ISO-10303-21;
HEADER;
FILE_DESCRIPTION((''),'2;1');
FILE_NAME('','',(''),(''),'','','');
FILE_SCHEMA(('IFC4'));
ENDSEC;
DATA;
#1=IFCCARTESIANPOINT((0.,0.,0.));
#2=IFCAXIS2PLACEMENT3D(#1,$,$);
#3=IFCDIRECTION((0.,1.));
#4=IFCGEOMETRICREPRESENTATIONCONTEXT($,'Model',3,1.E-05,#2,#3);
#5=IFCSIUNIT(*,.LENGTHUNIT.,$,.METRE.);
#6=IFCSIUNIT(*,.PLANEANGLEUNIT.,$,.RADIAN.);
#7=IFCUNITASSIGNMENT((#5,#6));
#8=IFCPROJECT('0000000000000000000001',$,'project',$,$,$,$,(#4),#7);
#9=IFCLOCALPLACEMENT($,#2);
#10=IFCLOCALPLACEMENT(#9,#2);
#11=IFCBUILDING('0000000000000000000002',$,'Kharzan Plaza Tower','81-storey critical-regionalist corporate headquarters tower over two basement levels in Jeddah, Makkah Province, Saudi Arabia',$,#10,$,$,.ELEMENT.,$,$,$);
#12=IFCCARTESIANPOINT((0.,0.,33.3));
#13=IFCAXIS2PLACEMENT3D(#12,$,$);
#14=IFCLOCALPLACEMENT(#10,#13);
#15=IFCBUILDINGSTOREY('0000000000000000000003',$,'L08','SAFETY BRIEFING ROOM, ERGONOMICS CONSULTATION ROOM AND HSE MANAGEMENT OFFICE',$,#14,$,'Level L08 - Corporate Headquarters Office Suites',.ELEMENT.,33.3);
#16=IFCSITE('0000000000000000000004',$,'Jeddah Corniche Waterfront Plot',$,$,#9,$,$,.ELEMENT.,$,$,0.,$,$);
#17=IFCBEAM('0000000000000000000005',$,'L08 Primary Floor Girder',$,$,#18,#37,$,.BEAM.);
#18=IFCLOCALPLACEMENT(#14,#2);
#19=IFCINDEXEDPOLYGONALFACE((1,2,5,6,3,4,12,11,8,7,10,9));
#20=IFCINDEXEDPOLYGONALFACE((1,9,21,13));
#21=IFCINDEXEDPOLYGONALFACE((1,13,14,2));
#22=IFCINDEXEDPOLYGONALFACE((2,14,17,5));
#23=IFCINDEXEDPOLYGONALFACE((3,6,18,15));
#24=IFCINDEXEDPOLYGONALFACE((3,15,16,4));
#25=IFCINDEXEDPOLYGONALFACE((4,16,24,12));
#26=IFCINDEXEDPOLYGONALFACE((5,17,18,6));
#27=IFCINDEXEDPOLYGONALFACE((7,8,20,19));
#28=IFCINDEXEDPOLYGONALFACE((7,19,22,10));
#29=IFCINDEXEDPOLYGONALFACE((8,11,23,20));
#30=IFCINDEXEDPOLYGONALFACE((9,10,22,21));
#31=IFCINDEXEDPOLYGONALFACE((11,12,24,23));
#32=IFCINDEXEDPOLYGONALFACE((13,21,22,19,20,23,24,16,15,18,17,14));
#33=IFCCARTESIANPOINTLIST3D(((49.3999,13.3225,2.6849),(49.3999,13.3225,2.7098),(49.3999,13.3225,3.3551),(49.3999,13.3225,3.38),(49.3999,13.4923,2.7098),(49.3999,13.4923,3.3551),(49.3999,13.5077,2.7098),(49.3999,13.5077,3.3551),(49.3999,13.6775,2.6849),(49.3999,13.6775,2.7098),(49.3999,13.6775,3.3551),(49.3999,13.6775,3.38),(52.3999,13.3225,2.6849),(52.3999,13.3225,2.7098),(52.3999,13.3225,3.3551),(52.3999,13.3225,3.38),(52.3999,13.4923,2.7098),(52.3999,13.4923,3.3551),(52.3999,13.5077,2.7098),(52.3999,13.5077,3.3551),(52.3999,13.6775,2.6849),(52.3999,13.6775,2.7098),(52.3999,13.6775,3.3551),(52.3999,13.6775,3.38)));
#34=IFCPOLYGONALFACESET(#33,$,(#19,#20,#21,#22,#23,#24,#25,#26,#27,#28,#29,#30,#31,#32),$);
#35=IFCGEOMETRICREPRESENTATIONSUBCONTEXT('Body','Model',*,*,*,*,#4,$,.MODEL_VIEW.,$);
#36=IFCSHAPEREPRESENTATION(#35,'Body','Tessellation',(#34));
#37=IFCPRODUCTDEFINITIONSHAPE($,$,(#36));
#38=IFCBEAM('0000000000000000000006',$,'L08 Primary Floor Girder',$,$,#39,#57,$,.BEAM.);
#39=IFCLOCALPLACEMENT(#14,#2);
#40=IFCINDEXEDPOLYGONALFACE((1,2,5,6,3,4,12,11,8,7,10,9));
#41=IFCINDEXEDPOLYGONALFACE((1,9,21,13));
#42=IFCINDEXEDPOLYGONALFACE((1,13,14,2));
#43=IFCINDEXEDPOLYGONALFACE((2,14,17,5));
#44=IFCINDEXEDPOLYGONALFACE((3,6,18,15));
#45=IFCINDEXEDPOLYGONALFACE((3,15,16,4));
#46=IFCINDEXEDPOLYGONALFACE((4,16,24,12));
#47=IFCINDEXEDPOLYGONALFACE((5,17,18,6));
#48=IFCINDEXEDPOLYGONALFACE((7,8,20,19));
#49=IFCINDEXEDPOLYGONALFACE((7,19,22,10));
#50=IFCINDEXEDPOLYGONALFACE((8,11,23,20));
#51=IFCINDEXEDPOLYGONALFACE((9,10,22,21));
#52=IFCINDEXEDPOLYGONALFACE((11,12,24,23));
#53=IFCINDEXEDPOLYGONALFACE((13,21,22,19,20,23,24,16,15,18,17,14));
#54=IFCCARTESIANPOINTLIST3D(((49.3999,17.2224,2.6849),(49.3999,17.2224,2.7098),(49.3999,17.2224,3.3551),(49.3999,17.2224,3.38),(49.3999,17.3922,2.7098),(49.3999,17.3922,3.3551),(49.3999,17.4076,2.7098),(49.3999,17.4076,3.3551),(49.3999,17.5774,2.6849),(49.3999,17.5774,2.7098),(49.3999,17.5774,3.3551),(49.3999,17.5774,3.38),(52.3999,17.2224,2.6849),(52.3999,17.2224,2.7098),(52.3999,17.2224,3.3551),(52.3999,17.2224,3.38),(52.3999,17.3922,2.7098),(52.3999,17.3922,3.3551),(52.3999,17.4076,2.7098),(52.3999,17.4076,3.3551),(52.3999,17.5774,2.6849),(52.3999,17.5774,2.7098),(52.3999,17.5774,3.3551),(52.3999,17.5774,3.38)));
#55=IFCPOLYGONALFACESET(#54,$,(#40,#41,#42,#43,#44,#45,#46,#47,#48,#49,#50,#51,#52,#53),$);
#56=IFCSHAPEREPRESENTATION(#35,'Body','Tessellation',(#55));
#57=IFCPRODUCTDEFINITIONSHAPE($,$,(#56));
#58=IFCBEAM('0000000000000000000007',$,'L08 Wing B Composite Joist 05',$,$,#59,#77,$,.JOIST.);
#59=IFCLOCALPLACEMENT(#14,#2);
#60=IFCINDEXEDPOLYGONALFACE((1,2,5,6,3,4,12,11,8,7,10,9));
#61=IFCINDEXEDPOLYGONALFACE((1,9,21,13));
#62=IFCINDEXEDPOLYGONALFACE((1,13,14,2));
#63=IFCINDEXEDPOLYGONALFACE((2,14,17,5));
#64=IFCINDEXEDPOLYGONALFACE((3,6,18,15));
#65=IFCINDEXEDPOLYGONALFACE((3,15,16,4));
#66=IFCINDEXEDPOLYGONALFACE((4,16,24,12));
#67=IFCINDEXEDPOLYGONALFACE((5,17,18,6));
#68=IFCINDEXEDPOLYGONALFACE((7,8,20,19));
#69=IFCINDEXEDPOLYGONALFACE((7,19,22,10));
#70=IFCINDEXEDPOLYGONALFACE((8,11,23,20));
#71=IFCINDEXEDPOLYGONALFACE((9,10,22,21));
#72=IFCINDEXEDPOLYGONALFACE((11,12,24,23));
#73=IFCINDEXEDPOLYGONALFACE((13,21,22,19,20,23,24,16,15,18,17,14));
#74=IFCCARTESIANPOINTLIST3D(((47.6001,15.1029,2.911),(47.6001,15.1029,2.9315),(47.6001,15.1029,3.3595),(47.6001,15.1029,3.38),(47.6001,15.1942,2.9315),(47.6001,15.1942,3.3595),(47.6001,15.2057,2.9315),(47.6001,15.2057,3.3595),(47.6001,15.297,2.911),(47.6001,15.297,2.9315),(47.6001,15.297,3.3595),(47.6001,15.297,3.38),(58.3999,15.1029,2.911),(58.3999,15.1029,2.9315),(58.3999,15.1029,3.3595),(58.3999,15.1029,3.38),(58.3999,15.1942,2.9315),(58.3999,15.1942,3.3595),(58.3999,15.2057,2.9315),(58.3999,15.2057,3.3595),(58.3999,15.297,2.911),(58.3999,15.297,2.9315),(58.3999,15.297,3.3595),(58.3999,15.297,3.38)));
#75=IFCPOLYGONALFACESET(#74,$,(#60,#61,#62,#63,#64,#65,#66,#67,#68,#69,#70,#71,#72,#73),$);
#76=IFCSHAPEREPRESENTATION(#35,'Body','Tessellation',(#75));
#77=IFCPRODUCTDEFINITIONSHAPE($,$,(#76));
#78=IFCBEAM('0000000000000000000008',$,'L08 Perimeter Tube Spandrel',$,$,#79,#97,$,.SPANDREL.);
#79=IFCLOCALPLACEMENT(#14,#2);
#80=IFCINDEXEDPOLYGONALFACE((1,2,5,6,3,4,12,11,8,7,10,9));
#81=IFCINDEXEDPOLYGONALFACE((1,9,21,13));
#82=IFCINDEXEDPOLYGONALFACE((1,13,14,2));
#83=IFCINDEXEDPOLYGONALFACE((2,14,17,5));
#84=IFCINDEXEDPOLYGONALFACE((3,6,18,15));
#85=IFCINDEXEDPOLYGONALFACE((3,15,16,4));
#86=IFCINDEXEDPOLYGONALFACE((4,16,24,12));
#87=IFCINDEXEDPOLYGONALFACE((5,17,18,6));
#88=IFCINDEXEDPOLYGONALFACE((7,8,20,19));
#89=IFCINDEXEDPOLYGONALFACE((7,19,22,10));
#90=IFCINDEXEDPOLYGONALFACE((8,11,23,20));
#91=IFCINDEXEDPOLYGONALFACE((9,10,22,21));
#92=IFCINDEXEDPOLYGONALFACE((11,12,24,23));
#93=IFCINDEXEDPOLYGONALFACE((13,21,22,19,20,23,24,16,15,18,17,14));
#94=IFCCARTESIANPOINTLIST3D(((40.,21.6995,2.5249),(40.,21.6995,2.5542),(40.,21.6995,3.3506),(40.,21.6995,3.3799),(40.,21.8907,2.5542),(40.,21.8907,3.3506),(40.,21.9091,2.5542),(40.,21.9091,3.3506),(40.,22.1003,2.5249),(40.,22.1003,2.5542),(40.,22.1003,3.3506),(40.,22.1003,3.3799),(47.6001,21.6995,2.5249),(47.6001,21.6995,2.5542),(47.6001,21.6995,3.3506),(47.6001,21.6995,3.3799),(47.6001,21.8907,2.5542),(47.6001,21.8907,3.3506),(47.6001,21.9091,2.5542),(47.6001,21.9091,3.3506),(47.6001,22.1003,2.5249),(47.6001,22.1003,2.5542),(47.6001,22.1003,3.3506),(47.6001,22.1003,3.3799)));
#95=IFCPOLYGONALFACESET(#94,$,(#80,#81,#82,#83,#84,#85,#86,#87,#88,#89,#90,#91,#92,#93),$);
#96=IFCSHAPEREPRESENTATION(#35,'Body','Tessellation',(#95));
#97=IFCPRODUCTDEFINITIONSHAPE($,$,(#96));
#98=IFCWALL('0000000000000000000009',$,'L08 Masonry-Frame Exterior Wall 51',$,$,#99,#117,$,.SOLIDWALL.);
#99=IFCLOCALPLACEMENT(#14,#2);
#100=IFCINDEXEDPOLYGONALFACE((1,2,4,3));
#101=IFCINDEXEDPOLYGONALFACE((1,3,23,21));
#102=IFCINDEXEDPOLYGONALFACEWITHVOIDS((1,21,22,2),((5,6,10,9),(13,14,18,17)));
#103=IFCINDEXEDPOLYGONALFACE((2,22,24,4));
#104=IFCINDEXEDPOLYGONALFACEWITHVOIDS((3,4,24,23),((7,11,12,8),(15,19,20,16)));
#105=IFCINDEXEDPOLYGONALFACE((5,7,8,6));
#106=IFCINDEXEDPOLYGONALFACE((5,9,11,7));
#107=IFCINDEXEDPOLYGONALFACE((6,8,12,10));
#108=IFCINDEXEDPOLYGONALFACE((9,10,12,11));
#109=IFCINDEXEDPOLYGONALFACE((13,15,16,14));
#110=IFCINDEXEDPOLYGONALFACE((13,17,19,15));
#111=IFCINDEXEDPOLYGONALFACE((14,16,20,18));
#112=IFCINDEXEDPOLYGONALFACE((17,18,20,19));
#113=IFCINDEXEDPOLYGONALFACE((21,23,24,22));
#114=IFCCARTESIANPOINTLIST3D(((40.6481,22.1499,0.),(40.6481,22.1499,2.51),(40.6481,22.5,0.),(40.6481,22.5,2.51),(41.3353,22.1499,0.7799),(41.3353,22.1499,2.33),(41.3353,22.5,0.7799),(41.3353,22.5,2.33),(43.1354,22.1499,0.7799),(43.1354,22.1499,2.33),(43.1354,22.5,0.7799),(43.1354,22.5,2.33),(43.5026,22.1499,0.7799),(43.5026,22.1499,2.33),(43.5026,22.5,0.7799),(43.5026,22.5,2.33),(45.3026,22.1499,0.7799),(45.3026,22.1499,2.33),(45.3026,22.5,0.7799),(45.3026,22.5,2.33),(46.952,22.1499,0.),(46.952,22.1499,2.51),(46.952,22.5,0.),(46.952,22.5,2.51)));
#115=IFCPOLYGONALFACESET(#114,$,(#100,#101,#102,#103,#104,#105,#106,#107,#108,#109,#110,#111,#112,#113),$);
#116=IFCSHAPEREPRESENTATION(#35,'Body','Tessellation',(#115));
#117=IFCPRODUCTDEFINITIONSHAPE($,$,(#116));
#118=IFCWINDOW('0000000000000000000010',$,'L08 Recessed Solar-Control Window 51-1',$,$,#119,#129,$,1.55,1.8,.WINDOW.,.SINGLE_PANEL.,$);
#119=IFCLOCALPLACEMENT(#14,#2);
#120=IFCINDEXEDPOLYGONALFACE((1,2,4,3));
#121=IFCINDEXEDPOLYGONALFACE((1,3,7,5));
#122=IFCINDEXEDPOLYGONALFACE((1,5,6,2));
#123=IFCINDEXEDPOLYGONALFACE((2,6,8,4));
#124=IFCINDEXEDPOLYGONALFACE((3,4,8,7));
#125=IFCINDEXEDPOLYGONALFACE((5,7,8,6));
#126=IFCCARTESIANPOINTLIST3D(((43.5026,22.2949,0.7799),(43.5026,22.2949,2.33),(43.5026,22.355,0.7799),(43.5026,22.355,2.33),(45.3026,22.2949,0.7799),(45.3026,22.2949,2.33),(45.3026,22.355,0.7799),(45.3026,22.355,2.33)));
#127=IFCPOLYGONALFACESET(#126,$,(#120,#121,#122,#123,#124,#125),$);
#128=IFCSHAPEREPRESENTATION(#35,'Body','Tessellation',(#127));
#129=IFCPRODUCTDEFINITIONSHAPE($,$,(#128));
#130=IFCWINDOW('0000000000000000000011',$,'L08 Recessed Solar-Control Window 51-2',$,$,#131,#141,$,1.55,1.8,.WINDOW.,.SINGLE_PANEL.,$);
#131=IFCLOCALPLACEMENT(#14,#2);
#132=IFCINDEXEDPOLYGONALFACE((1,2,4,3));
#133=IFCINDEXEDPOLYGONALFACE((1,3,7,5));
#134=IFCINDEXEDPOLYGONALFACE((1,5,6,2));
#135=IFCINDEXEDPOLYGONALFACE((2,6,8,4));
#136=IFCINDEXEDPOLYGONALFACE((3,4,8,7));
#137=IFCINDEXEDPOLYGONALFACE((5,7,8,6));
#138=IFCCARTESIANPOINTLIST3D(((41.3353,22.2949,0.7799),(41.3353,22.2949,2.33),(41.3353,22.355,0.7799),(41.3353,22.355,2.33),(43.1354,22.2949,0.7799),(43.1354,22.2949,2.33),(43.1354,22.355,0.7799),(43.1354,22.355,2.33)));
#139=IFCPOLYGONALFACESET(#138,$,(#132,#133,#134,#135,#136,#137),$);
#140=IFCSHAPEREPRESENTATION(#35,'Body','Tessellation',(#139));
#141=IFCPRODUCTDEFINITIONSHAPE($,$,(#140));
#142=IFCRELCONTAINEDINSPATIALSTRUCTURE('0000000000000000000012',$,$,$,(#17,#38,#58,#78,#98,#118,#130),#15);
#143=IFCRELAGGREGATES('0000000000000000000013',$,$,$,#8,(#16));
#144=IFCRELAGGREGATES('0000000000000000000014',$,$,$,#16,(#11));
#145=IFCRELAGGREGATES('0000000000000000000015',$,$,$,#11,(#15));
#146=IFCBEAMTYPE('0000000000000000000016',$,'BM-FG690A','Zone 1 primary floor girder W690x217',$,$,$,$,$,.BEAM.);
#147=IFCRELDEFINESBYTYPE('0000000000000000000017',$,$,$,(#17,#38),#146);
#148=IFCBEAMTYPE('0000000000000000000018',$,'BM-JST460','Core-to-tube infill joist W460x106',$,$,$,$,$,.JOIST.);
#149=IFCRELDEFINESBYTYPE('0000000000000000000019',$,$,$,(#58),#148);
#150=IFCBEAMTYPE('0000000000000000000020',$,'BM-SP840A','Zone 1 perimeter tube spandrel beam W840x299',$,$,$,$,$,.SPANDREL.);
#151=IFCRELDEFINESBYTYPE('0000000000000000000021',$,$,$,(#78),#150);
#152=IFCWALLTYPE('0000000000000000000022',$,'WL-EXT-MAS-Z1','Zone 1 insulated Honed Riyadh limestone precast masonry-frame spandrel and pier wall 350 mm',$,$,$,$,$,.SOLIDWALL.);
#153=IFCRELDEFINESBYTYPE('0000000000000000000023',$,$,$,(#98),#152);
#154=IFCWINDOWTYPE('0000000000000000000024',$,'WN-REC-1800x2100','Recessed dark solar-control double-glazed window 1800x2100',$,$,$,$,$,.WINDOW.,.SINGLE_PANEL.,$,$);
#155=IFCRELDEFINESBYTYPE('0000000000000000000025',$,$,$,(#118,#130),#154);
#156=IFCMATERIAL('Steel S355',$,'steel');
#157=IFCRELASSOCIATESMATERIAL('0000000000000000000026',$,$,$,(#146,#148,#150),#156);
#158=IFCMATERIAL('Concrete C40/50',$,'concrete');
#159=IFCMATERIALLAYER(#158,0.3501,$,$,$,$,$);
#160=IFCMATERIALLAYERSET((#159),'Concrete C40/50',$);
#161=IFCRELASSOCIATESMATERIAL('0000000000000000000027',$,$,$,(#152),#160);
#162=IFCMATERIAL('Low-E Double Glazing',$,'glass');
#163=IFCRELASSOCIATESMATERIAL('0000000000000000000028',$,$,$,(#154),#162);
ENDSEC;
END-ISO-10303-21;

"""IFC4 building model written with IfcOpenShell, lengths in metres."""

from ifc_helpers import new_model, si_unit, direction, frame, frame_2d, origin, origin_2d, place, context, subcontext, project, spatial, rectangle, i_section, extrude, source, transform, mapped, material, layer, layer_set, material_profile, profile_set, type_object, element, fill, save


model = new_model("IFC4")

# Units and contexts
model_context = context("Model", 3, precision=1e-05, world=origin(), true_north=direction((0.0, 1.0)))
body_context = subcontext(model_context, "Body", "Model", "MODEL_VIEW")
ifc_project = project(units=[si_unit("LENGTHUNIT", "METRE"), si_unit("PLANEANGLEUNIT", "RADIAN")], contexts=[model_context])

# Site, building, storey
site_placement = place(None, origin())
site = spatial("IfcSite", under=ifc_project, at=site_placement, Name="Jeddah Corniche Waterfront Plot", CompositionType="ELEMENT", RefElevation=0.0)
building_placement = place(site_placement, origin())
building = spatial("IfcBuilding", under=site, at=building_placement, Name="Kharzan Plaza Tower", Description="81-storey critical-regionalist corporate headquarters tower over two basement levels in Jeddah, Makkah Province, Saudi Arabia", CompositionType="ELEMENT")
storey_placement = place(building_placement, frame((0.0, 0.0, 33.3)))
storey = spatial("IfcBuildingStorey", under=building, at=storey_placement, Name="L08", Description="SAFETY BRIEFING ROOM, ERGONOMICS CONSULTATION ROOM AND HSE MANAGEMENT OFFICE", LongName="Level L08 - Corporate Headquarters Office Suites", CompositionType="ELEMENT", Elevation=33.3)

# Beams
ifc_material_1 = material(Name="Steel S355", Category="steel")
ifc_material_profile_1 = material_profile(ifc_material_1, i_section(OverallWidth=0.355, OverallDepth=0.6951, WebThickness=0.0154, FlangeThickness=0.0249, at=origin_2d()), Name="W690x217")
ifc_profile_set_1 = profile_set([ifc_material_profile_1], Name="Steel S355")
beam_type_1 = type_object("IfcBeamType", Name="BM-FG690A", Description="Zone 1 primary floor girder W690x217", PredefinedType="BEAM", material=ifc_profile_set_1)
shared_shape_1 = source(origin(), body_context, "Body", "SweptSolid", [
    extrude(i_section(OverallWidth=0.355, OverallDepth=0.6951, WebThickness=0.0154, FlangeThickness=0.0249, at=origin_2d()), origin(), (0.0, 0.0, 1.0), 3.0),
])
for number, where, z_axis, x_axis, name in (
    (1, (49.3999, 13.5, 3.0325), (1.0, 0.0, 0.0), (0.0, 1.0, 0.0), "L08 Primary Floor Girder"),
    (2, (49.3999, 17.3999, 3.0325), (1.0, 0.0, 0.0), (0.0, 1.0, 0.0), "L08 Primary Floor Girder"),
):
    element("IfcBeam", number, at=place(storey_placement, frame(where, z_axis=z_axis, x_axis=x_axis)), inside=storey, type_object=beam_type_1, Name=name, PredefinedType="BEAM", context=body_context, shape_type="MappedRepresentation", body=[
        mapped(shared_shape_1, transform((0.0, 0.0, 0.0), x_axis=(1.0, 0.0, 0.0), y_axis=(0.0, 1.0, 0.0), z_axis=(0.0, 0.0, 1.0))),
    ])
ifc_material_profile_2 = material_profile(ifc_material_1, i_section(OverallWidth=0.1941, OverallDepth=0.469, WebThickness=0.0115, FlangeThickness=0.0205, at=origin_2d()), Name="W460x106")
ifc_profile_set_2 = profile_set([ifc_material_profile_2], Name="Steel S355")
beam_type_2 = type_object("IfcBeamType", Name="BM-JST460", Description="Core-to-tube infill joist W460x106", PredefinedType="JOIST", material=ifc_profile_set_2)
shared_shape_2 = source(origin(), body_context, "Body", "SweptSolid", [
    extrude(i_section(OverallWidth=0.1941, OverallDepth=0.469, WebThickness=0.0115, FlangeThickness=0.0205, at=origin_2d()), origin(), (0.0, 0.0, 1.0), 10.7998),
])
beam_1_placement = place(storey_placement, frame((47.6001, 15.2, 3.1455), z_axis=(1.0, 0.0, 0.0), x_axis=(0.0, 1.0, 0.0)))
element("IfcBeam", 3, at=beam_1_placement, inside=storey, type_object=beam_type_2, Name="L08 Wing B Composite Joist 05", PredefinedType="JOIST", context=body_context, shape_type="MappedRepresentation", body=[
    mapped(shared_shape_2, transform((0.0, 0.0, 0.0), x_axis=(1.0, 0.0, 0.0), y_axis=(0.0, 1.0, 0.0), z_axis=(0.0, 0.0, 1.0))),
])
ifc_material_profile_3 = material_profile(ifc_material_1, i_section(OverallWidth=0.4009, OverallDepth=0.855, WebThickness=0.0183, FlangeThickness=0.0293, at=origin_2d()), Name="W840x299")
ifc_profile_set_3 = profile_set([ifc_material_profile_3], Name="Steel S355")
beam_type_3 = type_object("IfcBeamType", Name="BM-SP840A", Description="Zone 1 perimeter tube spandrel beam W840x299", PredefinedType="SPANDREL", material=ifc_profile_set_3)
shared_shape_3 = source(origin(), body_context, "Body", "SweptSolid", [
    extrude(i_section(OverallWidth=0.4009, OverallDepth=0.855, WebThickness=0.0183, FlangeThickness=0.0293, at=origin_2d()), origin(), (0.0, 0.0, 1.0), 7.6001),
])
beam_2_placement = place(storey_placement, frame((40.0, 21.8999, 2.9524), z_axis=(1.0, 0.0, 0.0), x_axis=(0.0, 1.0, 0.0)))
element("IfcBeam", 4, at=beam_2_placement, inside=storey, type_object=beam_type_3, Name="L08 Perimeter Tube Spandrel", PredefinedType="SPANDREL", context=body_context, shape_type="MappedRepresentation", body=[
    mapped(shared_shape_3, transform((0.0, 0.0, 0.0), x_axis=(1.0, 0.0, 0.0), y_axis=(0.0, 1.0, 0.0), z_axis=(0.0, 0.0, 1.0))),
])

# Wall, openings, windows
ifc_material_2 = material(Name="Concrete C40/50", Category="concrete")
ifc_layer_1 = layer(ifc_material_2, 0.3501)
ifc_layer_set_1 = layer_set([ifc_layer_1], Name="Concrete C40/50")
wall_type_1 = type_object("IfcWallType", Name="WL-EXT-MAS-Z1", Description="Zone 1 insulated Honed Riyadh limestone precast masonry-frame spandrel and pier wall 350 mm", PredefinedType="SOLIDWALL", material=ifc_layer_set_1)
wall_1_placement = place(storey_placement, frame((46.9519, 22.325, 0.0), z_axis=(0.0, 0.0, 1.0), x_axis=(-1.0, 0.0, 0.0)))
wall_1 = element("IfcWall", 5, at=wall_1_placement, inside=storey, type_object=wall_type_1, Name="L08 Masonry-Frame Exterior Wall 51", PredefinedType="SOLIDWALL", context=body_context, shape_type="SweptSolid", body=[
    extrude(rectangle(XDim=6.304, YDim=0.3501, at=frame_2d((3.1519, 0.0))), origin(), (0.0, 0.0, 1.0), 2.51),
])
opening_1_placement = place(wall_1_placement, frame((1.6494, 0.0, 0.78)))
opening_1 = element("IfcOpeningElement", 6, at=opening_1_placement, cuts=wall_1, PredefinedType="OPENING", context=body_context, shape_type="SweptSolid", body=[
    extrude(rectangle(XDim=1.8, YDim=1.55, at=frame_2d((0.8999, 0.7749))), frame((0.0, 0.1851, 0.0), z_axis=(0.0, -1.0, 0.0), x_axis=(1.0, 0.0, 0.0)), (0.0, 0.0, 1.0), 0.3701),
])
opening_2_placement = place(wall_1_placement, frame((3.8167, 0.0, 0.78)))
opening_2 = element("IfcOpeningElement", 7, at=opening_2_placement, cuts=wall_1, PredefinedType="OPENING", context=body_context, shape_type="SweptSolid", body=[
    extrude(rectangle(XDim=1.8, YDim=1.55, at=frame_2d((0.8999, 0.7749))), frame((0.0, 0.1851, 0.0), z_axis=(0.0, -1.0, 0.0), x_axis=(1.0, 0.0, 0.0)), (0.0, 0.0, 1.0), 0.3701),
])
ifc_material_3 = material(Name="Low-E Double Glazing", Category="glass")
window_type = type_object("IfcWindowType", Name="WN-REC-1800x2100", Description="Recessed dark solar-control double-glazed window 1800x2100", PartitioningType="SINGLE_PANEL", PredefinedType="WINDOW", material=ifc_material_3)
shared_shape_4 = source(origin(), body_context, "Body", "SweptSolid", [
    extrude(rectangle(XDim=1.8, YDim=1.55, at=frame_2d((0.8999, 0.7749))), frame((0.0, 0.03, 0.0), z_axis=(0.0, -1.0, 0.0), x_axis=(1.0, 0.0, 0.0)), (0.0, 0.0, 1.0), 0.0601),
])
window_1_placement = place(opening_1_placement, origin())
window_1 = element("IfcWindow", 8, at=window_1_placement, inside=storey, type_object=window_type, Name="L08 Recessed Solar-Control Window 51-1", OverallHeight=1.55, OverallWidth=1.8, PartitioningType="SINGLE_PANEL", PredefinedType="WINDOW", context=body_context, shape_type="MappedRepresentation", body=[
    mapped(shared_shape_4, transform((0.0, 0.0, 0.0), x_axis=(1.0, 0.0, 0.0), y_axis=(0.0, 1.0, 0.0), z_axis=(0.0, 0.0, 1.0))),
])
fill(opening_1, window_1)
window_2_placement = place(opening_2_placement, origin())
window_2 = element("IfcWindow", 9, at=window_2_placement, inside=storey, type_object=window_type, Name="L08 Recessed Solar-Control Window 51-2", OverallHeight=1.55, OverallWidth=1.8, PartitioningType="SINGLE_PANEL", PredefinedType="WINDOW", context=body_context, shape_type="MappedRepresentation", body=[
    mapped(shared_shape_4, transform((0.0, 0.0, 0.0), x_axis=(1.0, 0.0, 0.0), y_axis=(0.0, 1.0, 0.0), z_axis=(0.0, 0.0, 1.0))),
])
fill(opening_2, window_2)

save(model, "model.ifc")
